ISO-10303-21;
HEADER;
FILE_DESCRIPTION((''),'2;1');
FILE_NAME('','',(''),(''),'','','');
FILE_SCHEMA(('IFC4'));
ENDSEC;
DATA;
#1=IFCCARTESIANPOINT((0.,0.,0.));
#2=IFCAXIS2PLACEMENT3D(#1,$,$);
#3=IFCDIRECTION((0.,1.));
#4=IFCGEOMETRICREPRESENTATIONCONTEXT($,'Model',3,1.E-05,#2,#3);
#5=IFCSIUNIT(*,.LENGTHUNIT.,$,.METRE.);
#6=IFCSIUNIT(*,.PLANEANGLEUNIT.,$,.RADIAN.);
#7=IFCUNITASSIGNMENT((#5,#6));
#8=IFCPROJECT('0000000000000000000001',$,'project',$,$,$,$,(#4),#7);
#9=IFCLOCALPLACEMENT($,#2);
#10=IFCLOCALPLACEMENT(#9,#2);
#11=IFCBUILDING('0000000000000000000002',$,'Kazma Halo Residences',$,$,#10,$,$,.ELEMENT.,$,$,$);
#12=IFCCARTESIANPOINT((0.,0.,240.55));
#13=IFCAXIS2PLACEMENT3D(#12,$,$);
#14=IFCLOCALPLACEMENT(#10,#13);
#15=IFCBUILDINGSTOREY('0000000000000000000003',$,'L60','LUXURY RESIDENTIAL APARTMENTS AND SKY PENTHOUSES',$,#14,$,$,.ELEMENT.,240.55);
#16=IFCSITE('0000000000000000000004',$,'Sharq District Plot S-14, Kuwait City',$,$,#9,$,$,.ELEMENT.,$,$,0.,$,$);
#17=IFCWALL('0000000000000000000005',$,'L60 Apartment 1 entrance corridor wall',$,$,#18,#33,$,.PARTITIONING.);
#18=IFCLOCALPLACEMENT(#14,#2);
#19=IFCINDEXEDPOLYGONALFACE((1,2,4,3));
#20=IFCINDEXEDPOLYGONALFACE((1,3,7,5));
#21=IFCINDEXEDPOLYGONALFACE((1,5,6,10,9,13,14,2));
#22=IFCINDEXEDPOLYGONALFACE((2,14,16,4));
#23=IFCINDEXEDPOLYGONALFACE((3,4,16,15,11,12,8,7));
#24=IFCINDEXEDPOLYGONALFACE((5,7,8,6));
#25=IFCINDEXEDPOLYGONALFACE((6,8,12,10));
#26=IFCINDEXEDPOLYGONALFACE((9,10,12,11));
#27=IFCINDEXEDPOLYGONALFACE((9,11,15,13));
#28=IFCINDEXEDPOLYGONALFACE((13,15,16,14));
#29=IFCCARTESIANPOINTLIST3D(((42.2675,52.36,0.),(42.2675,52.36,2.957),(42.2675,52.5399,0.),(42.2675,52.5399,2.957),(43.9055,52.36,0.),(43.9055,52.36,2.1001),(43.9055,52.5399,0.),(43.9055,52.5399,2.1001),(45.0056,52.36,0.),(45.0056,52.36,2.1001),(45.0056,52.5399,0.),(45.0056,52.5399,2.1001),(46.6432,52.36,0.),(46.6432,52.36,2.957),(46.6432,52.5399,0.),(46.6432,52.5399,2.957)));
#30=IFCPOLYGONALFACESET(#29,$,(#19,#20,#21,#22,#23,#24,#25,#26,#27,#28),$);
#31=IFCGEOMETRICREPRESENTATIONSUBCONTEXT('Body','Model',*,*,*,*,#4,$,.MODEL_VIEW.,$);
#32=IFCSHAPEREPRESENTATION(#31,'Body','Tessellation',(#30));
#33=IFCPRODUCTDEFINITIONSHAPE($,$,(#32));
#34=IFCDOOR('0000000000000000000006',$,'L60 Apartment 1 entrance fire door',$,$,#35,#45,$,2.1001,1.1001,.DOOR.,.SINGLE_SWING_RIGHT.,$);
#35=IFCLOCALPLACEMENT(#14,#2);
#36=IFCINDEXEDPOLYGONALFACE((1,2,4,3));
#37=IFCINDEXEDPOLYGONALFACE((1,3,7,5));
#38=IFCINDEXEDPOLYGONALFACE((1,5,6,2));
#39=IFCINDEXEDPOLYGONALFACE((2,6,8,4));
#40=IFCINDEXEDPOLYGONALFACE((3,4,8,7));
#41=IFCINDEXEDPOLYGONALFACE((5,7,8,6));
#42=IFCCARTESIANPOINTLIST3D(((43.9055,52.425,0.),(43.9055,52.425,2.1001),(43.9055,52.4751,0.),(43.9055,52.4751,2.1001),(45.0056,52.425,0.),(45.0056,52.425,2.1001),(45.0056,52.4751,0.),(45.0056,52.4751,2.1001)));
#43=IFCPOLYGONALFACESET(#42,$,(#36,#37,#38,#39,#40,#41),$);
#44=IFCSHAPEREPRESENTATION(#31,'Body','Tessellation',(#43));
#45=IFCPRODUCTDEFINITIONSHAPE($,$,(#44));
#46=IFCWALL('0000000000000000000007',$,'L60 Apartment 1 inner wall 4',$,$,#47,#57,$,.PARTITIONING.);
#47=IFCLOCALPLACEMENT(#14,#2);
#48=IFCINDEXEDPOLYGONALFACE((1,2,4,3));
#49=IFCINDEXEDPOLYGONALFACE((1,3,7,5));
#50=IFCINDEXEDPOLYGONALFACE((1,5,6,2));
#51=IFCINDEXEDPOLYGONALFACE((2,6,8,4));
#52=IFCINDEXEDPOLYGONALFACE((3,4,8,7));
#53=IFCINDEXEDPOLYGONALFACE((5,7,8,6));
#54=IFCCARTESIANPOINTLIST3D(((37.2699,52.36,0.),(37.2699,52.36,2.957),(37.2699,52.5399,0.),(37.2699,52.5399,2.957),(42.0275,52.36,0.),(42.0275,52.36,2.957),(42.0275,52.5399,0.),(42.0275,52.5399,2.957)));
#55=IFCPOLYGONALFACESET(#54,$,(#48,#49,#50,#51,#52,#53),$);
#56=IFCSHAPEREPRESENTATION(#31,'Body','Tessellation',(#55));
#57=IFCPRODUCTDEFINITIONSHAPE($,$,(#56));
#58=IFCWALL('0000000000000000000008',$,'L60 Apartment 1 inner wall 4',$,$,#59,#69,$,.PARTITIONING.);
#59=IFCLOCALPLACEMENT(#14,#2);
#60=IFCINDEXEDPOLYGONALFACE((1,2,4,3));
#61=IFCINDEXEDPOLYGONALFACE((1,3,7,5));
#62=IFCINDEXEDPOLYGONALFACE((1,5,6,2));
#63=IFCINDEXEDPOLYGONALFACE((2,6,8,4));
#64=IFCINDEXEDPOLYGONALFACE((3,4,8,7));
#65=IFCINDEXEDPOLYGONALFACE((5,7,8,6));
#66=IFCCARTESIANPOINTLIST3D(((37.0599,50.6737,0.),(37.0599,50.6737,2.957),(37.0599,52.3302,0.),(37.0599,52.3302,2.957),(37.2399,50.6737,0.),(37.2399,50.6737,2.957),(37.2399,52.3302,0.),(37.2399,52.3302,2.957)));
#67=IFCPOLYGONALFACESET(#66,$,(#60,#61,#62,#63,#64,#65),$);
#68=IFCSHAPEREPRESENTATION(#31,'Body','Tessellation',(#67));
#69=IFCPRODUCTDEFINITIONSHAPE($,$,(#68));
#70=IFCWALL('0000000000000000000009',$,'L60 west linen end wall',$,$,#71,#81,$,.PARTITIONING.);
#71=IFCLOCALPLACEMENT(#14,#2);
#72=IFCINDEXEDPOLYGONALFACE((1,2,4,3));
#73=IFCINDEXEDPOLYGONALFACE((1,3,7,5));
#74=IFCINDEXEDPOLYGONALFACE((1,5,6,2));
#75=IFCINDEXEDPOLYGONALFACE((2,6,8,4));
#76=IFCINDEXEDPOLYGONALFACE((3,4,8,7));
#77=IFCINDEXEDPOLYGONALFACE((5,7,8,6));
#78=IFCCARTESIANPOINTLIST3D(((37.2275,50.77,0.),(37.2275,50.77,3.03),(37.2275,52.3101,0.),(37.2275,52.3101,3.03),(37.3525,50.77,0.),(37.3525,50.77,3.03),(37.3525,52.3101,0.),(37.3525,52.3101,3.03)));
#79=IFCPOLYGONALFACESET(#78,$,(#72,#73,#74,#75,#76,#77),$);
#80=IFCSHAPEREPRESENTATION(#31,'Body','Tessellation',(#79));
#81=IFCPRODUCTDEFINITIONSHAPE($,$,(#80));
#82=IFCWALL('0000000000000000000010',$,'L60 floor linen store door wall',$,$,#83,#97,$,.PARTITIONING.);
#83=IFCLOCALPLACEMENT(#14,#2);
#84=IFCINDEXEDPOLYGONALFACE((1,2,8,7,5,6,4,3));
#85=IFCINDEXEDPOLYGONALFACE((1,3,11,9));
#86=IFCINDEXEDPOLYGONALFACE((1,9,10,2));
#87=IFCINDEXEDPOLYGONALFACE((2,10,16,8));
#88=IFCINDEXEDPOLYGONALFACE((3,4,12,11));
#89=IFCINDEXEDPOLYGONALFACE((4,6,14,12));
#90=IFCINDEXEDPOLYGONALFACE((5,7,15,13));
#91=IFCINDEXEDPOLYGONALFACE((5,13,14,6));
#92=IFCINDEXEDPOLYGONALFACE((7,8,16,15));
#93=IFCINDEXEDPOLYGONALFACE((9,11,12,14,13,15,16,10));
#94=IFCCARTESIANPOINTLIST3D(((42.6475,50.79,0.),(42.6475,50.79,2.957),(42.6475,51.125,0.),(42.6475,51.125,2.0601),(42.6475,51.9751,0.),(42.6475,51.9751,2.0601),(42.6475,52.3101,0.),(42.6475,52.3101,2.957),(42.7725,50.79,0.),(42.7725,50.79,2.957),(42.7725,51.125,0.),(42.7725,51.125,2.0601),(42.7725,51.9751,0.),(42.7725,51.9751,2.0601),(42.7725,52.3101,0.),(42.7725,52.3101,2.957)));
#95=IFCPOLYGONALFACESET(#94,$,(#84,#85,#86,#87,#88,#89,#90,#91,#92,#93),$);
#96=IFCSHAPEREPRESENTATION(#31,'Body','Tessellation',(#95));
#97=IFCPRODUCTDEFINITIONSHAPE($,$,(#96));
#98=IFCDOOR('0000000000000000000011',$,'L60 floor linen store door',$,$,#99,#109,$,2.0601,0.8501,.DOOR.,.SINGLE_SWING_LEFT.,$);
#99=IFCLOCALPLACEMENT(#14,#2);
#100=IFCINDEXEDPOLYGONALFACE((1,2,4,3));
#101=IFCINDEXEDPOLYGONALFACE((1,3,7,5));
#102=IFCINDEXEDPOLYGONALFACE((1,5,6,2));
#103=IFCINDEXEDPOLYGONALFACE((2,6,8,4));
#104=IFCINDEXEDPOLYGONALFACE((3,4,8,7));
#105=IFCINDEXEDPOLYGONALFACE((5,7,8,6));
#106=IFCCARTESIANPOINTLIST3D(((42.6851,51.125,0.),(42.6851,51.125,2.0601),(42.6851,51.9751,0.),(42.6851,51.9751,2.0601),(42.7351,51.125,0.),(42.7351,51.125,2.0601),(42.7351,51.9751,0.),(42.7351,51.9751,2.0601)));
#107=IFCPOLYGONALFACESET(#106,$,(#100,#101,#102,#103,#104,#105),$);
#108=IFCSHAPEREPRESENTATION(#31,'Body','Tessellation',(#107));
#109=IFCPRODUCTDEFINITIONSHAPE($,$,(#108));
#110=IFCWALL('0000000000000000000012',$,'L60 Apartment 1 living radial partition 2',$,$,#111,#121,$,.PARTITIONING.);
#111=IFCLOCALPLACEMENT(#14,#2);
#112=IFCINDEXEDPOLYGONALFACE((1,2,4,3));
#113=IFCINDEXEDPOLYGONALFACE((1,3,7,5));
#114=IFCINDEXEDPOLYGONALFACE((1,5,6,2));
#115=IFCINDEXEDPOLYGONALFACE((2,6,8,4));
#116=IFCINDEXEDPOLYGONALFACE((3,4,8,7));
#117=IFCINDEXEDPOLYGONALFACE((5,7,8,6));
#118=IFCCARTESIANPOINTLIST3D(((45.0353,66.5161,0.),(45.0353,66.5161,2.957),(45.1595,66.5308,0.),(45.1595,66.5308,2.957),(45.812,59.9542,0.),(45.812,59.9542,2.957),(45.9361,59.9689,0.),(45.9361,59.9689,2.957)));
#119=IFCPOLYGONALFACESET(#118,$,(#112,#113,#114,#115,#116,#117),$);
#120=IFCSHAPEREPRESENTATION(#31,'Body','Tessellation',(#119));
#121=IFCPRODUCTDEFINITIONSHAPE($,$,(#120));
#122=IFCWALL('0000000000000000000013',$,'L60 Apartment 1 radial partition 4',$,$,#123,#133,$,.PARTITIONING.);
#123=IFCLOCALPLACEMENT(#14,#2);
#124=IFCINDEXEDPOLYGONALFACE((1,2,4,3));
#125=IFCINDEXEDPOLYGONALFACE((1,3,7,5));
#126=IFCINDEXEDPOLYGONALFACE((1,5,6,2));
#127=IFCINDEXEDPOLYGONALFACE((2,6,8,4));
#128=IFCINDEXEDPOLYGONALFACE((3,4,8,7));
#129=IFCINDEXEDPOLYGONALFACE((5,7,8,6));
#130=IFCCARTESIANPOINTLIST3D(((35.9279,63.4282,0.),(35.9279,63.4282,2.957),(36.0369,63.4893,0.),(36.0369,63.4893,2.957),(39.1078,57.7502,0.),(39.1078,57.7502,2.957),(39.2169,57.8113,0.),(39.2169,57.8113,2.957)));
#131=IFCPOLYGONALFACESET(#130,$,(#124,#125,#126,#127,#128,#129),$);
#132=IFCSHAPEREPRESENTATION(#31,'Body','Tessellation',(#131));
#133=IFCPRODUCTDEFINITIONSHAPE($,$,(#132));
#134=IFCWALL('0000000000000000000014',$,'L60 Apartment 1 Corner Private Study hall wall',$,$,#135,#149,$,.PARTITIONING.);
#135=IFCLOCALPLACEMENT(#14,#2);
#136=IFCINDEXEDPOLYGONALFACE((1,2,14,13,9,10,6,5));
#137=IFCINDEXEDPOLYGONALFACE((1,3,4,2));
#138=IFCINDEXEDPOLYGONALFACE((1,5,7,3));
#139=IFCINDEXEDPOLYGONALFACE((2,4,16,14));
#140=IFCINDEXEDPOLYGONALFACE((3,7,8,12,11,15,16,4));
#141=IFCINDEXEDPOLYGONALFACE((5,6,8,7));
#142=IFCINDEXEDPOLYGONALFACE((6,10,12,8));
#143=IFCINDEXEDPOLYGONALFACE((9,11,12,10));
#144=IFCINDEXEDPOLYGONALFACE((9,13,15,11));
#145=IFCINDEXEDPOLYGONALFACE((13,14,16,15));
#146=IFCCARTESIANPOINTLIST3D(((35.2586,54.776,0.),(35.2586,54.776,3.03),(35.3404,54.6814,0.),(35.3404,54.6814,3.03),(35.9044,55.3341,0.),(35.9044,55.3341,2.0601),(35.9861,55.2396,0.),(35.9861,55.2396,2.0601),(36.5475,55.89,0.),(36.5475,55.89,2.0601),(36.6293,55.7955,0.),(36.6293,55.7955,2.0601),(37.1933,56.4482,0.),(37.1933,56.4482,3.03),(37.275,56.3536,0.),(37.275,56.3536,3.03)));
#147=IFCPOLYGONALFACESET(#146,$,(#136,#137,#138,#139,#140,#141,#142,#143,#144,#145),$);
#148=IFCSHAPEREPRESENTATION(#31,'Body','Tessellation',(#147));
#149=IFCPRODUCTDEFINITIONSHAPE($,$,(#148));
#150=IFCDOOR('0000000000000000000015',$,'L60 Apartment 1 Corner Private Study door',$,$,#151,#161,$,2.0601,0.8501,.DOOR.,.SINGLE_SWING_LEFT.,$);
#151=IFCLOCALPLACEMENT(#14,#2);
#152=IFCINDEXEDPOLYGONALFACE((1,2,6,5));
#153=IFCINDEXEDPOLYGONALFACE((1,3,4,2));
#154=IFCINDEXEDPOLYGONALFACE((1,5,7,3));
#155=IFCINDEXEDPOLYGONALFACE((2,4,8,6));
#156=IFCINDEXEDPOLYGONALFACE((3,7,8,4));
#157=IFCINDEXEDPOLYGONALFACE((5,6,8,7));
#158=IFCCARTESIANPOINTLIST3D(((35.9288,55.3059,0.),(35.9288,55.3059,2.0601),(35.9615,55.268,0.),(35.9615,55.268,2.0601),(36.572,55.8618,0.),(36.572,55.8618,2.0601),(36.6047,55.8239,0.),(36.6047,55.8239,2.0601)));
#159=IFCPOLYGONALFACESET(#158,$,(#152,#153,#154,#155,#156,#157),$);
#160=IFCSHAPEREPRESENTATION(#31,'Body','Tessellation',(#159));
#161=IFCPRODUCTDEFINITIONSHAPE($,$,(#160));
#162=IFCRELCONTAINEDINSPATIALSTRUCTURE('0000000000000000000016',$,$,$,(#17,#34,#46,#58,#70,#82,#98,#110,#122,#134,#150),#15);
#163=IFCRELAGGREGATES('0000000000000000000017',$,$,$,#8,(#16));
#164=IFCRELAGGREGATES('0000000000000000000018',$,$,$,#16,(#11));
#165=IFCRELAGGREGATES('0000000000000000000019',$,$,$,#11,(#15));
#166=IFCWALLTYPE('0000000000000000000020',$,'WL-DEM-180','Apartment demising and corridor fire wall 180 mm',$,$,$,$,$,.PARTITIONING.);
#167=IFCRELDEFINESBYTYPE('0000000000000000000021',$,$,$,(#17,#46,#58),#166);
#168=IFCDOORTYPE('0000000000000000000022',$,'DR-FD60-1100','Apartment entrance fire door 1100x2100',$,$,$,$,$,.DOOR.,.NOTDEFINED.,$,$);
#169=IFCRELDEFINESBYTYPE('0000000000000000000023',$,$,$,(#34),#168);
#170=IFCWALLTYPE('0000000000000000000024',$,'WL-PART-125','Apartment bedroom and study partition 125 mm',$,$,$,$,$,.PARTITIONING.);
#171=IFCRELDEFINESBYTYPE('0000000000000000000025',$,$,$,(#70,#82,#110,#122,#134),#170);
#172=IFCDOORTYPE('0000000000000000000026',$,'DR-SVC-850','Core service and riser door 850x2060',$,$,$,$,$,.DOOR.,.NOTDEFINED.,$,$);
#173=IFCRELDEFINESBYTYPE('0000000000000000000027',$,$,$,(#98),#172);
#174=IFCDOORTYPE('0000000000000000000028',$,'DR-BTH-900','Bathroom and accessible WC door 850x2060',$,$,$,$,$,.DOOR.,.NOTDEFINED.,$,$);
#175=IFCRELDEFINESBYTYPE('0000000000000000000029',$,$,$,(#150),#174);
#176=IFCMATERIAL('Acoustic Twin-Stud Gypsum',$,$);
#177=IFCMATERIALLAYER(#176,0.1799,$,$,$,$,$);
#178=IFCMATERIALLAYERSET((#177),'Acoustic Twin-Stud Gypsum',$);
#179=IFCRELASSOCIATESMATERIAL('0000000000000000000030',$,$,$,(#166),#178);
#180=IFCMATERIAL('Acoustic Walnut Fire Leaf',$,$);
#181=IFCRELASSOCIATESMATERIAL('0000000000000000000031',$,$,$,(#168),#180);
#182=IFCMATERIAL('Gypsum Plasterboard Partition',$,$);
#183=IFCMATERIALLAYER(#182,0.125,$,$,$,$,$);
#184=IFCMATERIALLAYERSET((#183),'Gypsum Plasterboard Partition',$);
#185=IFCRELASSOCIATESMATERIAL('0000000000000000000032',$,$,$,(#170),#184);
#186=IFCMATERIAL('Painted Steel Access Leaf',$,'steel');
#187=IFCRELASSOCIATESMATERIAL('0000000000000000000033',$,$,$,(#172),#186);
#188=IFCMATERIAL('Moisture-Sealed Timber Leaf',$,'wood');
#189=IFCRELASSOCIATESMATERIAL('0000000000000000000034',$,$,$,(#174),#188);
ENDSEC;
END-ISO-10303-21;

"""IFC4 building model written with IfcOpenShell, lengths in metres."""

from ifc_helpers import new_model, si_unit, direction, frame, frame_2d, origin, place, context, subcontext, project, spatial, rectangle, extrude, material, layer, layer_set, type_object, element, fill, save


model = new_model("IFC4")

# Units and contexts
model_context = context("Model", 3, precision=1e-05, world=origin(), true_north=direction((0.0, 1.0)))
body_context = subcontext(model_context, "Body", "Model", "MODEL_VIEW")
ifc_project = project(units=[si_unit("LENGTHUNIT", "METRE"), si_unit("PLANEANGLEUNIT", "RADIAN")], contexts=[model_context])

# Site, building, storey
site_placement = place(None, origin())
site = spatial("IfcSite", under=ifc_project, at=site_placement, Name="Sharq District Plot S-14, Kuwait City", CompositionType="ELEMENT", RefElevation=0.0)
building_placement = place(site_placement, origin())
building = spatial("IfcBuilding", under=site, at=building_placement, Name="Kazma Halo Residences", CompositionType="ELEMENT")
storey_placement = place(building_placement, frame((0.0, 0.0, 240.55)))
storey = spatial("IfcBuildingStorey", under=building, at=storey_placement, Name="L60", Description="LUXURY RESIDENTIAL APARTMENTS AND SKY PENTHOUSES", CompositionType="ELEMENT", Elevation=240.55)

# Wall, opening, door
ifc_material_1 = material(Name="Acoustic Twin-Stud Gypsum")
ifc_layer_1 = layer(ifc_material_1, 0.1799)
ifc_layer_set_1 = layer_set([ifc_layer_1], Name="Acoustic Twin-Stud Gypsum")
wall_type_1 = type_object("IfcWallType", Name="WL-DEM-180", Description="Apartment demising and corridor fire wall 180 mm", PredefinedType="PARTITIONING", material=ifc_layer_set_1)
wall_1_placement = place(storey_placement, frame((46.6433, 52.45, 0.0), z_axis=(0.0, 0.0, 1.0), x_axis=(-1.0, 0.0, 0.0)))
wall_1 = element("IfcWall", 1, at=wall_1_placement, inside=storey, type_object=wall_type_1, Name="L60 Apartment 1 entrance corridor wall", PredefinedType="PARTITIONING", context=body_context, shape_type="SweptSolid", body=[
    extrude(rectangle(XDim=4.3757, YDim=0.1799, at=frame_2d((2.188, 0.0))), origin(), (0.0, 0.0, 1.0), 2.957),
])
opening_1_placement = place(wall_1_placement, frame((1.6377, 0.0, 0.0)))
opening_1 = element("IfcOpeningElement", 2, at=opening_1_placement, cuts=wall_1, PredefinedType="OPENING", context=body_context, shape_type="SweptSolid", body=[
    extrude(rectangle(XDim=1.1001, YDim=2.1001, at=frame_2d((0.55, 1.05))), frame((0.0, 0.0999, 0.0), z_axis=(0.0, -1.0, 0.0), x_axis=(1.0, 0.0, 0.0)), (0.0, 0.0, 1.0), 0.2),
])
ifc_material_2 = material(Name="Acoustic Walnut Fire Leaf")
door_type_1 = type_object("IfcDoorType", Name="DR-FD60-1100", Description="Apartment entrance fire door 1100x2100", OperationType="NOTDEFINED", PredefinedType="DOOR", material=ifc_material_2)
door_1_placement = place(opening_1_placement, origin())
door_1 = element("IfcDoor", 3, at=door_1_placement, inside=storey, type_object=door_type_1, Name="L60 Apartment 1 entrance fire door", OperationType="SINGLE_SWING_RIGHT", OverallHeight=2.1001, OverallWidth=1.1001, PredefinedType="DOOR", context=body_context, shape_type="SweptSolid", body=[
    extrude(rectangle(XDim=1.1001, YDim=2.1001, at=frame_2d((0.55, 1.05))), frame((0.0, 0.0249, 0.0), z_axis=(0.0, -1.0, 0.0), x_axis=(1.0, 0.0, 0.0)), (0.0, 0.0, 1.0), 0.05),
])
fill(opening_1, door_1)

# Walls
wall_2_placement = place(storey_placement, frame((42.0276, 52.45, 0.0), z_axis=(0.0, 0.0, 1.0), x_axis=(-1.0, 0.0, 0.0)))
element("IfcWall", 4, at=wall_2_placement, inside=storey, type_object=wall_type_1, Name="L60 Apartment 1 inner wall 4", PredefinedType="PARTITIONING", context=body_context, shape_type="SweptSolid", body=[
    extrude(rectangle(XDim=4.7576, YDim=0.1799, at=frame_2d((2.3789, 0.0))), origin(), (0.0, 0.0, 1.0), 2.957),
])
wall_3_placement = place(storey_placement, frame((37.1499, 52.3301, 0.0), z_axis=(0.0, 0.0, 1.0), x_axis=(0.0, -1.0, 0.0)))
element("IfcWall", 5, at=wall_3_placement, inside=storey, type_object=wall_type_1, Name="L60 Apartment 1 inner wall 4", PredefinedType="PARTITIONING", context=body_context, shape_type="SweptSolid", body=[
    extrude(rectangle(XDim=1.6565, YDim=0.1799, at=frame_2d((0.8281, 0.0))), origin(), (0.0, 0.0, 1.0), 2.957),
])

# Wall
ifc_material_3 = material(Name="Gypsum Plasterboard Partition")
ifc_layer_2 = layer(ifc_material_3, 0.125)
ifc_layer_set_2 = layer_set([ifc_layer_2], Name="Gypsum Plasterboard Partition")
wall_type_2 = type_object("IfcWallType", Name="WL-PART-125", Description="Apartment bedroom and study partition 125 mm", PredefinedType="PARTITIONING", material=ifc_layer_set_2)
wall_4_placement = place(storey_placement, frame((37.29, 50.77, 0.0), z_axis=(0.0, 0.0, 1.0), x_axis=(0.0, 1.0, 0.0)))
element("IfcWall", 6, at=wall_4_placement, inside=storey, type_object=wall_type_2, Name="L60 west linen end wall", PredefinedType="PARTITIONING", context=body_context, shape_type="SweptSolid", body=[
    extrude(rectangle(XDim=1.54, YDim=0.125, at=frame_2d((0.77, 0.0))), origin(), (0.0, 0.0, 1.0), 3.03),
])

# Wall, opening, door
wall_5_placement = place(storey_placement, frame((42.71, 50.79, 0.0), z_axis=(0.0, 0.0, 1.0), x_axis=(0.0, 1.0, 0.0)))
wall_5 = element("IfcWall", 7, at=wall_5_placement, inside=storey, type_object=wall_type_2, Name="L60 floor linen store door wall", PredefinedType="PARTITIONING", context=body_context, shape_type="SweptSolid", body=[
    extrude(rectangle(XDim=1.52, YDim=0.125, at=frame_2d((0.76, 0.0))), origin(), (0.0, 0.0, 1.0), 2.957),
])
opening_2_placement = place(wall_5_placement, frame((0.335, 0.0, 0.0)))
opening_2 = element("IfcOpeningElement", 8, at=opening_2_placement, cuts=wall_5, PredefinedType="OPENING", context=body_context, shape_type="SweptSolid", body=[
    extrude(rectangle(XDim=0.8501, YDim=2.0601, at=frame_2d((0.425, 1.03))), frame((0.0, 0.0725, 0.0), z_axis=(0.0, -1.0, 0.0), x_axis=(1.0, 0.0, 0.0)), (0.0, 0.0, 1.0), 0.145),
])
ifc_material_4 = material(Name="Painted Steel Access Leaf", Category="steel")
door_type_2 = type_object("IfcDoorType", Name="DR-SVC-850", Description="Core service and riser door 850x2060", OperationType="NOTDEFINED", PredefinedType="DOOR", material=ifc_material_4)
door_2_placement = place(opening_2_placement, origin())
door_2 = element("IfcDoor", 9, at=door_2_placement, inside=storey, type_object=door_type_2, Name="L60 floor linen store door", OperationType="SINGLE_SWING_LEFT", OverallHeight=2.0601, OverallWidth=0.8501, PredefinedType="DOOR", context=body_context, shape_type="SweptSolid", body=[
    extrude(rectangle(XDim=0.8501, YDim=2.0601, at=frame_2d((0.425, 1.03))), frame((0.0, 0.0249, 0.0), z_axis=(0.0, -1.0, 0.0), x_axis=(1.0, 0.0, 0.0)), (0.0, 0.0, 1.0), 0.05),
])
fill(opening_2, door_2)

# Walls
wall_6_placement = place(storey_placement, frame((45.874, 59.9617, 0.0), z_axis=(0.0, 0.0, 1.0), x_axis=(-0.117534, 0.993069, 0.0)))
element("IfcWall", 10, at=wall_6_placement, inside=storey, type_object=wall_type_2, Name="L60 Apartment 1 living radial partition 2", PredefinedType="PARTITIONING", context=body_context, shape_type="SweptSolid", body=[
    extrude(rectangle(XDim=6.6077, YDim=0.125, at=frame_2d((3.3037, 0.0))), origin(), (0.0, 0.0, 1.0), 2.957),
])
wall_7_placement = place(storey_placement, frame((39.1624, 57.7808, 0.0), z_axis=(0.0, 0.0, 1.0), x_axis=(-0.488634, 0.872489, 0.0)))
element("IfcWall", 11, at=wall_7_placement, inside=storey, type_object=wall_type_2, Name="L60 Apartment 1 radial partition 4", PredefinedType="PARTITIONING", context=body_context, shape_type="SweptSolid", body=[
    extrude(rectangle(XDim=6.5078, YDim=0.125, at=frame_2d((3.2539, 0.0))), origin(), (0.0, 0.0, 1.0), 2.957),
])

# Wall, opening, door
wall_8_placement = place(storey_placement, frame((37.2341, 56.4009, 0.0), z_axis=(0.0, 0.0, 1.0), x_axis=(-0.756561, -0.653923, 0.0)))
wall_8 = element("IfcWall", 12, at=wall_8_placement, inside=storey, type_object=wall_type_2, Name="L60 Apartment 1 Corner Private Study hall wall", PredefinedType="PARTITIONING", context=body_context, shape_type="SweptSolid", body=[
    extrude(rectangle(XDim=2.5571, YDim=0.125, at=frame_2d((1.2786, 0.0))), origin(), (0.0, 0.0, 1.0), 3.03),
])
opening_3_placement = place(wall_8_placement, frame((0.8535, 0.0, 0.0)))
opening_3 = element("IfcOpeningElement", 13, at=opening_3_placement, cuts=wall_8, PredefinedType="OPENING", context=body_context, shape_type="SweptSolid", body=[
    extrude(rectangle(XDim=0.8501, YDim=2.0601, at=frame_2d((0.425, 1.03))), frame((0.0, 0.0725, 0.0), z_axis=(0.0, -1.0, 0.0), x_axis=(1.0, 0.0, 0.0)), (0.0, 0.0, 1.0), 0.145),
])
ifc_material_5 = material(Name="Moisture-Sealed Timber Leaf", Category="wood")
door_type_3 = type_object("IfcDoorType", Name="DR-BTH-900", Description="Bathroom and accessible WC door 850x2060", OperationType="NOTDEFINED", PredefinedType="DOOR", material=ifc_material_5)
door_3_placement = place(opening_3_placement, origin())
door_3 = element("IfcDoor", 14, at=door_3_placement, inside=storey, type_object=door_type_3, Name="L60 Apartment 1 Corner Private Study door", OperationType="SINGLE_SWING_LEFT", OverallHeight=2.0601, OverallWidth=0.8501, PredefinedType="DOOR", context=body_context, shape_type="SweptSolid", body=[
    extrude(rectangle(XDim=0.8501, YDim=2.0601, at=frame_2d((0.425, 1.03))), frame((0.0, 0.0249, 0.0), z_axis=(0.0, -1.0, 0.0), x_axis=(1.0, 0.0, 0.0)), (0.0, 0.0, 1.0), 0.05),
])
fill(opening_3, door_3)

save(model, "model.ifc")
